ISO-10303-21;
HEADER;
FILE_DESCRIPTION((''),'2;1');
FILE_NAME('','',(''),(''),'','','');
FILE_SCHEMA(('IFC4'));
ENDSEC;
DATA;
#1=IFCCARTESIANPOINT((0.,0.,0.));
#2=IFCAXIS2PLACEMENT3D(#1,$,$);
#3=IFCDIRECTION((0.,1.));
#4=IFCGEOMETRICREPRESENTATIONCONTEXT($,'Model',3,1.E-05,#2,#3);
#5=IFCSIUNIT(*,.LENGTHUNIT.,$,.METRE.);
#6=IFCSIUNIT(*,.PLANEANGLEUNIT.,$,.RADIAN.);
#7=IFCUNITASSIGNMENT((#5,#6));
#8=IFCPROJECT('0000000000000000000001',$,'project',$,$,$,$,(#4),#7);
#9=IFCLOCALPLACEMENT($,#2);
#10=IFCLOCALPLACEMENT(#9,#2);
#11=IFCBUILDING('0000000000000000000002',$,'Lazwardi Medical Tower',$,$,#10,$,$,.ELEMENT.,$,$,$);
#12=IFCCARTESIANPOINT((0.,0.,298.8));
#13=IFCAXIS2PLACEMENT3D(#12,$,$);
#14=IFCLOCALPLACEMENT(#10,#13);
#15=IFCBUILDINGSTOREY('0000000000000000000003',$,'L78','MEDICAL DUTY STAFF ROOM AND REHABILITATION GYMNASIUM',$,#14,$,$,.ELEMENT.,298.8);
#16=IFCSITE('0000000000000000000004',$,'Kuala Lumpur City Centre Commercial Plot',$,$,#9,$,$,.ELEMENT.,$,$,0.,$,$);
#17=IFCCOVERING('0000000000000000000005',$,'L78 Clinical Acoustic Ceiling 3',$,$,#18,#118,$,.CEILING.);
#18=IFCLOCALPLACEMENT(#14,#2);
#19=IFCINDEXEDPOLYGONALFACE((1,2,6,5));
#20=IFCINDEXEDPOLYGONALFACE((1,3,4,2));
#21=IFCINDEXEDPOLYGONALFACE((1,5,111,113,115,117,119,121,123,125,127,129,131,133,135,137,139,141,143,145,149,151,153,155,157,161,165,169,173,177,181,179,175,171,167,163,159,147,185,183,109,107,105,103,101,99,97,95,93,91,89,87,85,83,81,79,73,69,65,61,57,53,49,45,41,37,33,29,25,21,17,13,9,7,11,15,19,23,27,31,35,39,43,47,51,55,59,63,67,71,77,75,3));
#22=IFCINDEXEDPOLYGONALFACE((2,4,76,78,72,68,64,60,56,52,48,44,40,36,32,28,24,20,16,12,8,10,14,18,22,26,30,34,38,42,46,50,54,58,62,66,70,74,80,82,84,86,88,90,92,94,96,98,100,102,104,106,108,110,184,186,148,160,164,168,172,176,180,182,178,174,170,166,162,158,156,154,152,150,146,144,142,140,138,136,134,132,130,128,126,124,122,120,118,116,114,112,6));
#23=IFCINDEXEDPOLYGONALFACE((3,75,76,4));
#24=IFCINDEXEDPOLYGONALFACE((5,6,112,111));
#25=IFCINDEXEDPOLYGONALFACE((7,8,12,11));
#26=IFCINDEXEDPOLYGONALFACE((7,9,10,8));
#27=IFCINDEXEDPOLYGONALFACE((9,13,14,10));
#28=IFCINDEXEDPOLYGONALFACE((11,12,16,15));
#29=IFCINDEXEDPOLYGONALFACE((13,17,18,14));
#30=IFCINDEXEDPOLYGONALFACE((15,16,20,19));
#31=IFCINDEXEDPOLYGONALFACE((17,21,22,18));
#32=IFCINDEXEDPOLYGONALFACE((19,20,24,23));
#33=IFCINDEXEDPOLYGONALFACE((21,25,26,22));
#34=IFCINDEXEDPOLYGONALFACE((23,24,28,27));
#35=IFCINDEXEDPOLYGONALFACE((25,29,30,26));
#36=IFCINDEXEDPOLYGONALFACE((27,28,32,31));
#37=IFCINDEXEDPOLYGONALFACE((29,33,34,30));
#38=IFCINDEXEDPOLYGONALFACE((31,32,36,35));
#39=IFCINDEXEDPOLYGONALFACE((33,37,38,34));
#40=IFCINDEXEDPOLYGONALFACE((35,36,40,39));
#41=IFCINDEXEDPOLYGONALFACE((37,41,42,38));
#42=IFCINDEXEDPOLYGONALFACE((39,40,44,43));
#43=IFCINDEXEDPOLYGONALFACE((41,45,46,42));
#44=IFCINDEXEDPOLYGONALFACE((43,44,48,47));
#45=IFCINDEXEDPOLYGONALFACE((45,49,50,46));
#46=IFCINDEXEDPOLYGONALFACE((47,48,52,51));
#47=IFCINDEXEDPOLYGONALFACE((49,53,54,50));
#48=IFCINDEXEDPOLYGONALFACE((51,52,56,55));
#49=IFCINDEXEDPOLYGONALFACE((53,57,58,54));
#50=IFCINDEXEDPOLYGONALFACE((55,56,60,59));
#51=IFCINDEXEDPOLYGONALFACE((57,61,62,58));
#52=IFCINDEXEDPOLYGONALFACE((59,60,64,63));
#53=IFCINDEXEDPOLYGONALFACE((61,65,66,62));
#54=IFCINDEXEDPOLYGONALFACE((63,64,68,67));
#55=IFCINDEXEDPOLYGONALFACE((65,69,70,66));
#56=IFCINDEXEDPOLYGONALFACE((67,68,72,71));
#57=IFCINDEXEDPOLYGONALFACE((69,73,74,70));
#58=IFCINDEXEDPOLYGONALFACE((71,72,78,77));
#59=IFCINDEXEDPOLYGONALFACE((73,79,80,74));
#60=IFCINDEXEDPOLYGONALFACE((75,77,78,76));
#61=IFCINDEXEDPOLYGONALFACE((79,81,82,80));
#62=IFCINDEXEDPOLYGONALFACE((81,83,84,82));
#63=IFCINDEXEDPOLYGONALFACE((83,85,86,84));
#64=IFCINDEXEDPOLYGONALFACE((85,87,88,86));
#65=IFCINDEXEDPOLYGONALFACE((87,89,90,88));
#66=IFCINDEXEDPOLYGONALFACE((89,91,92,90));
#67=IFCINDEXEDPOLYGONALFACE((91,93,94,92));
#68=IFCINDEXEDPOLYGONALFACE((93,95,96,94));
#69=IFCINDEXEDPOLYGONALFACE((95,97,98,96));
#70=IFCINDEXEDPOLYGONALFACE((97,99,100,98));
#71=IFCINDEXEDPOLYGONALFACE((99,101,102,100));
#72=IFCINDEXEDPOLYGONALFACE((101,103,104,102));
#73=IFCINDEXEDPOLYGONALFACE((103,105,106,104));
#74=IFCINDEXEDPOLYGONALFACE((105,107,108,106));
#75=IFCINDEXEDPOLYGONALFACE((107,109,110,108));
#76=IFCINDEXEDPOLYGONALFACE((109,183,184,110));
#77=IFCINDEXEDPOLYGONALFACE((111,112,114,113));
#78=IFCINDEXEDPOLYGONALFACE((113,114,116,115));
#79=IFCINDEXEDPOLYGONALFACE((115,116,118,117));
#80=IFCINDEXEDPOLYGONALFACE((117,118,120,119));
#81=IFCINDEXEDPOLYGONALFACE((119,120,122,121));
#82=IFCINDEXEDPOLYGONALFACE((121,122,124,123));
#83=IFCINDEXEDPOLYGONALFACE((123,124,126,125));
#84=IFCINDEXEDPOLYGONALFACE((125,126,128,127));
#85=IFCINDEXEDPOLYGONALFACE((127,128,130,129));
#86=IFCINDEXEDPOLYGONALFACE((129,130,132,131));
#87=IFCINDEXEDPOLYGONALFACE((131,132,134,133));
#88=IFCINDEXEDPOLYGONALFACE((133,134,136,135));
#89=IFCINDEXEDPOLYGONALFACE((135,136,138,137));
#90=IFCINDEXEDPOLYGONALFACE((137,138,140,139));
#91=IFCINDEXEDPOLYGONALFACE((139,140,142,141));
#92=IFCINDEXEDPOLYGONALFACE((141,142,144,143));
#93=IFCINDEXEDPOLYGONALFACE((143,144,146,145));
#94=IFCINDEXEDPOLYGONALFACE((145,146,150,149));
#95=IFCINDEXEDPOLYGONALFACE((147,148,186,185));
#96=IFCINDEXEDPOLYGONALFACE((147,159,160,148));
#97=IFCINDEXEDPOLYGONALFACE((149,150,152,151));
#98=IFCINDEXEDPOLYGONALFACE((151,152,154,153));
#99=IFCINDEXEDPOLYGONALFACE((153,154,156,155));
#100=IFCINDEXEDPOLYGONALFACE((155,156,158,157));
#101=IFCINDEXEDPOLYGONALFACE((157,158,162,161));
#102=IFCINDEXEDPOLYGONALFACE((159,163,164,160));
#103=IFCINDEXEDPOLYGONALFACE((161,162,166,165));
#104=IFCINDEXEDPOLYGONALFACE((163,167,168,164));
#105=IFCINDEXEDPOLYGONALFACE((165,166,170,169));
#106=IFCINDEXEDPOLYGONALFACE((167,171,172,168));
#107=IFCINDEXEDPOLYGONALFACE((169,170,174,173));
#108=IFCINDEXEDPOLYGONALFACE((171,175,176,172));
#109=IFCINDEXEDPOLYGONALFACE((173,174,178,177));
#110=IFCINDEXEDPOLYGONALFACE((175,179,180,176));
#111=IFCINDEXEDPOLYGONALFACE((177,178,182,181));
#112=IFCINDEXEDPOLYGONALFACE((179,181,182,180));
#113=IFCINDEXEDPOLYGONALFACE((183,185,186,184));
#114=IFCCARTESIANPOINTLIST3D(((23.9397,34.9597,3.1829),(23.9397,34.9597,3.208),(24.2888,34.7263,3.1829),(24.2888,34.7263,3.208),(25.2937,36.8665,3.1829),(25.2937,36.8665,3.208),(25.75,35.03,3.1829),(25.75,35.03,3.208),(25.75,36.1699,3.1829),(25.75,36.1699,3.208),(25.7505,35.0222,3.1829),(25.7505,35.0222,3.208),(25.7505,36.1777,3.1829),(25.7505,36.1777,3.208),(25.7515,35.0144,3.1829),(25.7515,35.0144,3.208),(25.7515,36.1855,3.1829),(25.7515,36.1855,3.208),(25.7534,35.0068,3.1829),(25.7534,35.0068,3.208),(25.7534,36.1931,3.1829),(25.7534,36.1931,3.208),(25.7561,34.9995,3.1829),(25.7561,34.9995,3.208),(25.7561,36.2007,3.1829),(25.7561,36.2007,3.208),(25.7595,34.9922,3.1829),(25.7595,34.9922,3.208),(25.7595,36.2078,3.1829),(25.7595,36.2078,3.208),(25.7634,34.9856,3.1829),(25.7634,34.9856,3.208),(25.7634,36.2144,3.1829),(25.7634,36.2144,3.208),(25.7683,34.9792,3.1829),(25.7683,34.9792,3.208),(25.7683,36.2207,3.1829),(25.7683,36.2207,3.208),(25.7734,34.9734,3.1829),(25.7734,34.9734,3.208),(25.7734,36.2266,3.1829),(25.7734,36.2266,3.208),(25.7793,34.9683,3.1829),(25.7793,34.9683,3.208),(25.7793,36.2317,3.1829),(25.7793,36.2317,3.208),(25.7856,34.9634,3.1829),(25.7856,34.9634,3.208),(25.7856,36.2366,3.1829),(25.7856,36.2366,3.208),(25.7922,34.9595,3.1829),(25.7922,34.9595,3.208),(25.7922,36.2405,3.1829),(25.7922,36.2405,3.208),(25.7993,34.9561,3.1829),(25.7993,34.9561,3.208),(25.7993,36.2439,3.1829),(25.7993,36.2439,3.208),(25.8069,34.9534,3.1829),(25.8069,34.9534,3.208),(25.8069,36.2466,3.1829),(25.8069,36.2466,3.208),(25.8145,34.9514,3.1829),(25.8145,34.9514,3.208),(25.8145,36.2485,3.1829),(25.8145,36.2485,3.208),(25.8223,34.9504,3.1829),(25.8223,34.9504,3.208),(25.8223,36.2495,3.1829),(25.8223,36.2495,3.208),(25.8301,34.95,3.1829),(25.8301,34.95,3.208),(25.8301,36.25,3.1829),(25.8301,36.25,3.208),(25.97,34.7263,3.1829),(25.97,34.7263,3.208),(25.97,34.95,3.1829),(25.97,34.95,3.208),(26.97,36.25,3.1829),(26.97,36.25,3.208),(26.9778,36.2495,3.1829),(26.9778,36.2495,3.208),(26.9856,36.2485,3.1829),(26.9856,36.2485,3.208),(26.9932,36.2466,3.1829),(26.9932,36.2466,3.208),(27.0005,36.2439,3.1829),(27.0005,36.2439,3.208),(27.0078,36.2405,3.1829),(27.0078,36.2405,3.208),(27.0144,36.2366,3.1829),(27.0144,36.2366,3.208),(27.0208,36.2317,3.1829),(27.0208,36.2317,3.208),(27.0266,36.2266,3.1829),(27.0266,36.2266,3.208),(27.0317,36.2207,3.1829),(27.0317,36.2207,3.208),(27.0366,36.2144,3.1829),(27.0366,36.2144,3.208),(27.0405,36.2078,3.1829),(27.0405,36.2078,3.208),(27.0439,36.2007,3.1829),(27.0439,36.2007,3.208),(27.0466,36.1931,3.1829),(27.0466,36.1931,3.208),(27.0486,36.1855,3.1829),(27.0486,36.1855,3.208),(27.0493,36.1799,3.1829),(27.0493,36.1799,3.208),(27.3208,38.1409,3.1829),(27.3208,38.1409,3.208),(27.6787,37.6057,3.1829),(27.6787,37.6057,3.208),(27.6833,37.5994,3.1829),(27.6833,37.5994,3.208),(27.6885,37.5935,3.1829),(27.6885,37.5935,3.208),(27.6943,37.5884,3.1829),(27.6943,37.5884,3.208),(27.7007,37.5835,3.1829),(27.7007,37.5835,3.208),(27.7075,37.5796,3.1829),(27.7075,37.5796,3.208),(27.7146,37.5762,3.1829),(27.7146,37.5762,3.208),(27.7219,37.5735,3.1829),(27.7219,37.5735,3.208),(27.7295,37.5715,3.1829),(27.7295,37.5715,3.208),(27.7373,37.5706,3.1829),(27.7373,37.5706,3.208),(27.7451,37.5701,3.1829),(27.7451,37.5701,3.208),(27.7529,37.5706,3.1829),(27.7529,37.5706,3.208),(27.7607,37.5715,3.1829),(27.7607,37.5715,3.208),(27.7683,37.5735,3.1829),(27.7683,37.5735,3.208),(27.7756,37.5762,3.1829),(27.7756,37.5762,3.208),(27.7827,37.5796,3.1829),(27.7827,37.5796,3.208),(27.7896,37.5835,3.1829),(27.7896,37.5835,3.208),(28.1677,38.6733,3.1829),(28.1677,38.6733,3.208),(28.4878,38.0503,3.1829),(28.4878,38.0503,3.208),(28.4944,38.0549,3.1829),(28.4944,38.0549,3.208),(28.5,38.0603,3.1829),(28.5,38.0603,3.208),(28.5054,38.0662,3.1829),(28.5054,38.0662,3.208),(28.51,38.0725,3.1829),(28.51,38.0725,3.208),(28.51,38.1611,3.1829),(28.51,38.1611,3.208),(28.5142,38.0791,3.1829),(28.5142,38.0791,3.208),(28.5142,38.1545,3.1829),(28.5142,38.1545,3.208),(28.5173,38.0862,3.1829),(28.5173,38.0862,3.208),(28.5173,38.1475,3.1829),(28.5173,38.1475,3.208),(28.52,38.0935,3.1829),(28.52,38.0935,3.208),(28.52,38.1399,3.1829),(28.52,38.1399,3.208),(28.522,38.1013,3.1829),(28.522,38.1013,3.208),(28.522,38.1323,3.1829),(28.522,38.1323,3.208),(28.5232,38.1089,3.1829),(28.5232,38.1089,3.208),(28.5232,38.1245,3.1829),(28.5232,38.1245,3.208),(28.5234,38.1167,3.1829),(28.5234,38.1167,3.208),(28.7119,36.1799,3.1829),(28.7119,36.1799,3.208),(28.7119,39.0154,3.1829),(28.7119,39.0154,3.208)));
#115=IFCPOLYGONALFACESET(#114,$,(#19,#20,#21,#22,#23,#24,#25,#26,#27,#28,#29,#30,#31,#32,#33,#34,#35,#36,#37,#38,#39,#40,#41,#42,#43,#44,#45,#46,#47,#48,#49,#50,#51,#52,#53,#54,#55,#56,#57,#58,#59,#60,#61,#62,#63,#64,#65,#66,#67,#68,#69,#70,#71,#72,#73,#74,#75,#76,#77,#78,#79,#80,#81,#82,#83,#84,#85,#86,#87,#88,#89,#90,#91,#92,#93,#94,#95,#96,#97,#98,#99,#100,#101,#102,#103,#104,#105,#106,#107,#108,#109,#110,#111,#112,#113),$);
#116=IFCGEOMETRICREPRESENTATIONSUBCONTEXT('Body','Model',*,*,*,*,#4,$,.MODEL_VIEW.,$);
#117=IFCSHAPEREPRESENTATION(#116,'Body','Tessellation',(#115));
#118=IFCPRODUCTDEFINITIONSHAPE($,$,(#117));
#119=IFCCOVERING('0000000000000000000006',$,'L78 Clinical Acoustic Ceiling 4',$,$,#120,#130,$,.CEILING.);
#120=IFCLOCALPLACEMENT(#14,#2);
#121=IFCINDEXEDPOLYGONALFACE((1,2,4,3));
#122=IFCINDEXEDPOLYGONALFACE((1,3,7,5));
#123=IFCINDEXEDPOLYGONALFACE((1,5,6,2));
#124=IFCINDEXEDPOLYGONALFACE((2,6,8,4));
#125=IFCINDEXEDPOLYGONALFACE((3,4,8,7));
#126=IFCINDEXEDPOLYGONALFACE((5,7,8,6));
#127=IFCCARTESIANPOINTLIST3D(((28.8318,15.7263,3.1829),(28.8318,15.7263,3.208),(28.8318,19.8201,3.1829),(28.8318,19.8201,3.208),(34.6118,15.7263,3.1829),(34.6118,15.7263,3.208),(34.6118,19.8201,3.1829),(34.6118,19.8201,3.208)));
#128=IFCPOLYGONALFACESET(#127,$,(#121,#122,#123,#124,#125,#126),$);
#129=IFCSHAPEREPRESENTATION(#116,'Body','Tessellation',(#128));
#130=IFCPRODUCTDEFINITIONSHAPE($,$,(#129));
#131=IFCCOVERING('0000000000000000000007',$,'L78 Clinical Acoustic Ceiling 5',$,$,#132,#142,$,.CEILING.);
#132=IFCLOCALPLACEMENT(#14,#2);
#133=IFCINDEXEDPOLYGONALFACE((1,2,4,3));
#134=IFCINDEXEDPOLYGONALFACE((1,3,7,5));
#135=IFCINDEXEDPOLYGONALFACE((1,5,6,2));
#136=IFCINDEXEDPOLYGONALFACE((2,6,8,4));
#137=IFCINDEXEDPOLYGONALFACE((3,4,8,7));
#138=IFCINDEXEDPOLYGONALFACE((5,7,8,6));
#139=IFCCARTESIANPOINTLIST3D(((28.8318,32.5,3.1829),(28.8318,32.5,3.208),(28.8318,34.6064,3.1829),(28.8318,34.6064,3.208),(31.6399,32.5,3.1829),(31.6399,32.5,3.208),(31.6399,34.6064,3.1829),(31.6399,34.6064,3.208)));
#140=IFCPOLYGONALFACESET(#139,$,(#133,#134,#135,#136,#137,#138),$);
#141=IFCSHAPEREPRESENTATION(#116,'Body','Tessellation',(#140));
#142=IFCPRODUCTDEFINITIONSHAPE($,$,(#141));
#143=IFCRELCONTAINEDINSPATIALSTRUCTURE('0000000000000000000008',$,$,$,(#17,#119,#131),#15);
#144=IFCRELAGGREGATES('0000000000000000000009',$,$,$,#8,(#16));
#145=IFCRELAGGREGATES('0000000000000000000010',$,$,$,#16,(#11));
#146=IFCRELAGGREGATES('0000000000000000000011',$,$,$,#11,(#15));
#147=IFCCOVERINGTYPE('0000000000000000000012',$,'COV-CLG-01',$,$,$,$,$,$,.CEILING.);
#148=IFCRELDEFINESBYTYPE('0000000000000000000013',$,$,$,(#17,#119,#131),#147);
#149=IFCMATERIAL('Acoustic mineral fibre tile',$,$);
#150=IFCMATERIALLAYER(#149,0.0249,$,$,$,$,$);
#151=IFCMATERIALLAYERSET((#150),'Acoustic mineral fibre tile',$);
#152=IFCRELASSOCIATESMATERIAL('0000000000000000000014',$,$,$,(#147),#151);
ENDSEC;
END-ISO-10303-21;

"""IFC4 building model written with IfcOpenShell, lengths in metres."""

from ifc_helpers import new_model, si_unit, direction, frame, origin, place, context, subcontext, project, spatial, polyline, outline, extrude, material, layer, layer_set, type_object, element, save


model = new_model("IFC4")

# Units and contexts
model_context = context("Model", 3, precision=1e-05, world=origin(), true_north=direction((0.0, 1.0)))
body_context = subcontext(model_context, "Body", "Model", "MODEL_VIEW")
ifc_project = project(units=[si_unit("LENGTHUNIT", "METRE"), si_unit("PLANEANGLEUNIT", "RADIAN")], contexts=[model_context])

# Site, building, storey
site_placement = place(None, origin())
site = spatial("IfcSite", under=ifc_project, at=site_placement, Name="Kuala Lumpur City Centre Commercial Plot", CompositionType="ELEMENT", RefElevation=0.0)
building_placement = place(site_placement, origin())
building = spatial("IfcBuilding", under=site, at=building_placement, Name="Lazwardi Medical Tower", CompositionType="ELEMENT")
storey_placement = place(building_placement, frame((0.0, 0.0, 298.8)))
storey = spatial("IfcBuildingStorey", under=building, at=storey_placement, Name="L78", Description="MEDICAL DUTY STAFF ROOM AND REHABILITATION GYMNASIUM", CompositionType="ELEMENT", Elevation=298.8)

# Coverings
ifc_material_1 = material(Name="Acoustic mineral fibre tile")
ifc_layer_1 = layer(ifc_material_1, 0.0249)
ifc_layer_set_1 = layer_set([ifc_layer_1], Name="Acoustic mineral fibre tile")
covering_type_1 = type_object("IfcCoveringType", Name="COV-CLG-01", PredefinedType="CEILING", material=ifc_layer_set_1)
covering_1_placement = place(storey_placement, frame((0.0, 0.0, 3.1829)))
element("IfcCovering", 1, at=covering_1_placement, inside=storey, type_object=covering_type_1, Name="L78 Clinical Acoustic Ceiling 3", PredefinedType="CEILING", context=body_context, shape_type="SweptSolid", body=[
    extrude(outline(polyline([(28.7119, 39.0154), (28.1677, 38.6733), (28.51, 38.1611), (28.5142, 38.1545), (28.5173, 38.1475), (28.52, 38.1399), (28.522, 38.1323), (28.5232, 38.1245), (28.5234, 38.1167), (28.5232, 38.1089), (28.522, 38.1013), (28.52, 38.0935), (28.5173, 38.0862), (28.5142, 38.0791), (28.51, 38.0725), (28.5054, 38.0662), (28.5, 38.0603), (28.4944, 38.0549), (28.4878, 38.0503), (27.7896, 37.5835), (27.7827, 37.5796), (27.7756, 37.5762), (27.7683, 37.5735), (27.7607, 37.5715), (27.7529, 37.5706), (27.7451, 37.5701), (27.7373, 37.5706), (27.7295, 37.5715), (27.7219, 37.5735), (27.7146, 37.5762), (27.7075, 37.5796), (27.7007, 37.5835), (27.6943, 37.5884), (27.6885, 37.5935), (27.6833, 37.5994), (27.6787, 37.6057), (27.3208, 38.1409), (25.2937, 36.8665), (23.9397, 34.9597), (24.2888, 34.7263), (25.97, 34.7263), (25.97, 34.95), (25.8301, 34.95), (25.8223, 34.9504), (25.8145, 34.9514), (25.8069, 34.9534), (25.7993, 34.9561), (25.7922, 34.9595), (25.7856, 34.9634), (25.7793, 34.9683), (25.7734, 34.9734), (25.7683, 34.9792), (25.7634, 34.9856), (25.7595, 34.9922), (25.7561, 34.9995), (25.7534, 35.0068), (25.7515, 35.0144), (25.7505, 35.0222), (25.75, 35.03), (25.75, 36.1699), (25.7505, 36.1777), (25.7515, 36.1855), (25.7534, 36.1931), (25.7561, 36.2007), (25.7595, 36.2078), (25.7634, 36.2144), (25.7683, 36.2207), (25.7734, 36.2266), (25.7793, 36.2317), (25.7856, 36.2366), (25.7922, 36.2405), (25.7993, 36.2439), (25.8069, 36.2466), (25.8145, 36.2485), (25.8223, 36.2495), (25.8301, 36.25), (26.97, 36.25), (26.9778, 36.2495), (26.9856, 36.2485), (26.9932, 36.2466), (27.0005, 36.2439), (27.0078, 36.2405), (27.0144, 36.2366), (27.0208, 36.2317), (27.0266, 36.2266), (27.0317, 36.2207), (27.0366, 36.2144), (27.0405, 36.2078), (27.0439, 36.2007), (27.0466, 36.1931), (27.0486, 36.1855), (27.0493, 36.1799), (28.7119, 36.1799), (28.7119, 39.0154)])), origin(), (0.0, 0.0, 1.0), 0.0251),
])
covering_2_placement = place(storey_placement, frame((0.0, 0.0, 3.1829)))
element("IfcCovering", 2, at=covering_2_placement, inside=storey, type_object=covering_type_1, Name="L78 Clinical Acoustic Ceiling 4", PredefinedType="CEILING", context=body_context, shape_type="SweptSolid", body=[
    extrude(outline(polyline([(34.6118, 19.8201), (28.8318, 19.8201), (28.8318, 15.7263), (34.6118, 15.7263), (34.6118, 19.8201)])), origin(), (0.0, 0.0, 1.0), 0.0251),
])
covering_3_placement = place(storey_placement, frame((0.0, 0.0, 3.1829)))
element("IfcCovering", 3, at=covering_3_placement, inside=storey, type_object=covering_type_1, Name="L78 Clinical Acoustic Ceiling 5", PredefinedType="CEILING", context=body_context, shape_type="SweptSolid", body=[
    extrude(outline(polyline([(28.8318, 32.5), (31.6399, 32.5), (31.6399, 34.6064), (28.8318, 34.6064), (28.8318, 32.5)])), origin(), (0.0, 0.0, 1.0), 0.0251),
])

save(model, "model.ifc")
